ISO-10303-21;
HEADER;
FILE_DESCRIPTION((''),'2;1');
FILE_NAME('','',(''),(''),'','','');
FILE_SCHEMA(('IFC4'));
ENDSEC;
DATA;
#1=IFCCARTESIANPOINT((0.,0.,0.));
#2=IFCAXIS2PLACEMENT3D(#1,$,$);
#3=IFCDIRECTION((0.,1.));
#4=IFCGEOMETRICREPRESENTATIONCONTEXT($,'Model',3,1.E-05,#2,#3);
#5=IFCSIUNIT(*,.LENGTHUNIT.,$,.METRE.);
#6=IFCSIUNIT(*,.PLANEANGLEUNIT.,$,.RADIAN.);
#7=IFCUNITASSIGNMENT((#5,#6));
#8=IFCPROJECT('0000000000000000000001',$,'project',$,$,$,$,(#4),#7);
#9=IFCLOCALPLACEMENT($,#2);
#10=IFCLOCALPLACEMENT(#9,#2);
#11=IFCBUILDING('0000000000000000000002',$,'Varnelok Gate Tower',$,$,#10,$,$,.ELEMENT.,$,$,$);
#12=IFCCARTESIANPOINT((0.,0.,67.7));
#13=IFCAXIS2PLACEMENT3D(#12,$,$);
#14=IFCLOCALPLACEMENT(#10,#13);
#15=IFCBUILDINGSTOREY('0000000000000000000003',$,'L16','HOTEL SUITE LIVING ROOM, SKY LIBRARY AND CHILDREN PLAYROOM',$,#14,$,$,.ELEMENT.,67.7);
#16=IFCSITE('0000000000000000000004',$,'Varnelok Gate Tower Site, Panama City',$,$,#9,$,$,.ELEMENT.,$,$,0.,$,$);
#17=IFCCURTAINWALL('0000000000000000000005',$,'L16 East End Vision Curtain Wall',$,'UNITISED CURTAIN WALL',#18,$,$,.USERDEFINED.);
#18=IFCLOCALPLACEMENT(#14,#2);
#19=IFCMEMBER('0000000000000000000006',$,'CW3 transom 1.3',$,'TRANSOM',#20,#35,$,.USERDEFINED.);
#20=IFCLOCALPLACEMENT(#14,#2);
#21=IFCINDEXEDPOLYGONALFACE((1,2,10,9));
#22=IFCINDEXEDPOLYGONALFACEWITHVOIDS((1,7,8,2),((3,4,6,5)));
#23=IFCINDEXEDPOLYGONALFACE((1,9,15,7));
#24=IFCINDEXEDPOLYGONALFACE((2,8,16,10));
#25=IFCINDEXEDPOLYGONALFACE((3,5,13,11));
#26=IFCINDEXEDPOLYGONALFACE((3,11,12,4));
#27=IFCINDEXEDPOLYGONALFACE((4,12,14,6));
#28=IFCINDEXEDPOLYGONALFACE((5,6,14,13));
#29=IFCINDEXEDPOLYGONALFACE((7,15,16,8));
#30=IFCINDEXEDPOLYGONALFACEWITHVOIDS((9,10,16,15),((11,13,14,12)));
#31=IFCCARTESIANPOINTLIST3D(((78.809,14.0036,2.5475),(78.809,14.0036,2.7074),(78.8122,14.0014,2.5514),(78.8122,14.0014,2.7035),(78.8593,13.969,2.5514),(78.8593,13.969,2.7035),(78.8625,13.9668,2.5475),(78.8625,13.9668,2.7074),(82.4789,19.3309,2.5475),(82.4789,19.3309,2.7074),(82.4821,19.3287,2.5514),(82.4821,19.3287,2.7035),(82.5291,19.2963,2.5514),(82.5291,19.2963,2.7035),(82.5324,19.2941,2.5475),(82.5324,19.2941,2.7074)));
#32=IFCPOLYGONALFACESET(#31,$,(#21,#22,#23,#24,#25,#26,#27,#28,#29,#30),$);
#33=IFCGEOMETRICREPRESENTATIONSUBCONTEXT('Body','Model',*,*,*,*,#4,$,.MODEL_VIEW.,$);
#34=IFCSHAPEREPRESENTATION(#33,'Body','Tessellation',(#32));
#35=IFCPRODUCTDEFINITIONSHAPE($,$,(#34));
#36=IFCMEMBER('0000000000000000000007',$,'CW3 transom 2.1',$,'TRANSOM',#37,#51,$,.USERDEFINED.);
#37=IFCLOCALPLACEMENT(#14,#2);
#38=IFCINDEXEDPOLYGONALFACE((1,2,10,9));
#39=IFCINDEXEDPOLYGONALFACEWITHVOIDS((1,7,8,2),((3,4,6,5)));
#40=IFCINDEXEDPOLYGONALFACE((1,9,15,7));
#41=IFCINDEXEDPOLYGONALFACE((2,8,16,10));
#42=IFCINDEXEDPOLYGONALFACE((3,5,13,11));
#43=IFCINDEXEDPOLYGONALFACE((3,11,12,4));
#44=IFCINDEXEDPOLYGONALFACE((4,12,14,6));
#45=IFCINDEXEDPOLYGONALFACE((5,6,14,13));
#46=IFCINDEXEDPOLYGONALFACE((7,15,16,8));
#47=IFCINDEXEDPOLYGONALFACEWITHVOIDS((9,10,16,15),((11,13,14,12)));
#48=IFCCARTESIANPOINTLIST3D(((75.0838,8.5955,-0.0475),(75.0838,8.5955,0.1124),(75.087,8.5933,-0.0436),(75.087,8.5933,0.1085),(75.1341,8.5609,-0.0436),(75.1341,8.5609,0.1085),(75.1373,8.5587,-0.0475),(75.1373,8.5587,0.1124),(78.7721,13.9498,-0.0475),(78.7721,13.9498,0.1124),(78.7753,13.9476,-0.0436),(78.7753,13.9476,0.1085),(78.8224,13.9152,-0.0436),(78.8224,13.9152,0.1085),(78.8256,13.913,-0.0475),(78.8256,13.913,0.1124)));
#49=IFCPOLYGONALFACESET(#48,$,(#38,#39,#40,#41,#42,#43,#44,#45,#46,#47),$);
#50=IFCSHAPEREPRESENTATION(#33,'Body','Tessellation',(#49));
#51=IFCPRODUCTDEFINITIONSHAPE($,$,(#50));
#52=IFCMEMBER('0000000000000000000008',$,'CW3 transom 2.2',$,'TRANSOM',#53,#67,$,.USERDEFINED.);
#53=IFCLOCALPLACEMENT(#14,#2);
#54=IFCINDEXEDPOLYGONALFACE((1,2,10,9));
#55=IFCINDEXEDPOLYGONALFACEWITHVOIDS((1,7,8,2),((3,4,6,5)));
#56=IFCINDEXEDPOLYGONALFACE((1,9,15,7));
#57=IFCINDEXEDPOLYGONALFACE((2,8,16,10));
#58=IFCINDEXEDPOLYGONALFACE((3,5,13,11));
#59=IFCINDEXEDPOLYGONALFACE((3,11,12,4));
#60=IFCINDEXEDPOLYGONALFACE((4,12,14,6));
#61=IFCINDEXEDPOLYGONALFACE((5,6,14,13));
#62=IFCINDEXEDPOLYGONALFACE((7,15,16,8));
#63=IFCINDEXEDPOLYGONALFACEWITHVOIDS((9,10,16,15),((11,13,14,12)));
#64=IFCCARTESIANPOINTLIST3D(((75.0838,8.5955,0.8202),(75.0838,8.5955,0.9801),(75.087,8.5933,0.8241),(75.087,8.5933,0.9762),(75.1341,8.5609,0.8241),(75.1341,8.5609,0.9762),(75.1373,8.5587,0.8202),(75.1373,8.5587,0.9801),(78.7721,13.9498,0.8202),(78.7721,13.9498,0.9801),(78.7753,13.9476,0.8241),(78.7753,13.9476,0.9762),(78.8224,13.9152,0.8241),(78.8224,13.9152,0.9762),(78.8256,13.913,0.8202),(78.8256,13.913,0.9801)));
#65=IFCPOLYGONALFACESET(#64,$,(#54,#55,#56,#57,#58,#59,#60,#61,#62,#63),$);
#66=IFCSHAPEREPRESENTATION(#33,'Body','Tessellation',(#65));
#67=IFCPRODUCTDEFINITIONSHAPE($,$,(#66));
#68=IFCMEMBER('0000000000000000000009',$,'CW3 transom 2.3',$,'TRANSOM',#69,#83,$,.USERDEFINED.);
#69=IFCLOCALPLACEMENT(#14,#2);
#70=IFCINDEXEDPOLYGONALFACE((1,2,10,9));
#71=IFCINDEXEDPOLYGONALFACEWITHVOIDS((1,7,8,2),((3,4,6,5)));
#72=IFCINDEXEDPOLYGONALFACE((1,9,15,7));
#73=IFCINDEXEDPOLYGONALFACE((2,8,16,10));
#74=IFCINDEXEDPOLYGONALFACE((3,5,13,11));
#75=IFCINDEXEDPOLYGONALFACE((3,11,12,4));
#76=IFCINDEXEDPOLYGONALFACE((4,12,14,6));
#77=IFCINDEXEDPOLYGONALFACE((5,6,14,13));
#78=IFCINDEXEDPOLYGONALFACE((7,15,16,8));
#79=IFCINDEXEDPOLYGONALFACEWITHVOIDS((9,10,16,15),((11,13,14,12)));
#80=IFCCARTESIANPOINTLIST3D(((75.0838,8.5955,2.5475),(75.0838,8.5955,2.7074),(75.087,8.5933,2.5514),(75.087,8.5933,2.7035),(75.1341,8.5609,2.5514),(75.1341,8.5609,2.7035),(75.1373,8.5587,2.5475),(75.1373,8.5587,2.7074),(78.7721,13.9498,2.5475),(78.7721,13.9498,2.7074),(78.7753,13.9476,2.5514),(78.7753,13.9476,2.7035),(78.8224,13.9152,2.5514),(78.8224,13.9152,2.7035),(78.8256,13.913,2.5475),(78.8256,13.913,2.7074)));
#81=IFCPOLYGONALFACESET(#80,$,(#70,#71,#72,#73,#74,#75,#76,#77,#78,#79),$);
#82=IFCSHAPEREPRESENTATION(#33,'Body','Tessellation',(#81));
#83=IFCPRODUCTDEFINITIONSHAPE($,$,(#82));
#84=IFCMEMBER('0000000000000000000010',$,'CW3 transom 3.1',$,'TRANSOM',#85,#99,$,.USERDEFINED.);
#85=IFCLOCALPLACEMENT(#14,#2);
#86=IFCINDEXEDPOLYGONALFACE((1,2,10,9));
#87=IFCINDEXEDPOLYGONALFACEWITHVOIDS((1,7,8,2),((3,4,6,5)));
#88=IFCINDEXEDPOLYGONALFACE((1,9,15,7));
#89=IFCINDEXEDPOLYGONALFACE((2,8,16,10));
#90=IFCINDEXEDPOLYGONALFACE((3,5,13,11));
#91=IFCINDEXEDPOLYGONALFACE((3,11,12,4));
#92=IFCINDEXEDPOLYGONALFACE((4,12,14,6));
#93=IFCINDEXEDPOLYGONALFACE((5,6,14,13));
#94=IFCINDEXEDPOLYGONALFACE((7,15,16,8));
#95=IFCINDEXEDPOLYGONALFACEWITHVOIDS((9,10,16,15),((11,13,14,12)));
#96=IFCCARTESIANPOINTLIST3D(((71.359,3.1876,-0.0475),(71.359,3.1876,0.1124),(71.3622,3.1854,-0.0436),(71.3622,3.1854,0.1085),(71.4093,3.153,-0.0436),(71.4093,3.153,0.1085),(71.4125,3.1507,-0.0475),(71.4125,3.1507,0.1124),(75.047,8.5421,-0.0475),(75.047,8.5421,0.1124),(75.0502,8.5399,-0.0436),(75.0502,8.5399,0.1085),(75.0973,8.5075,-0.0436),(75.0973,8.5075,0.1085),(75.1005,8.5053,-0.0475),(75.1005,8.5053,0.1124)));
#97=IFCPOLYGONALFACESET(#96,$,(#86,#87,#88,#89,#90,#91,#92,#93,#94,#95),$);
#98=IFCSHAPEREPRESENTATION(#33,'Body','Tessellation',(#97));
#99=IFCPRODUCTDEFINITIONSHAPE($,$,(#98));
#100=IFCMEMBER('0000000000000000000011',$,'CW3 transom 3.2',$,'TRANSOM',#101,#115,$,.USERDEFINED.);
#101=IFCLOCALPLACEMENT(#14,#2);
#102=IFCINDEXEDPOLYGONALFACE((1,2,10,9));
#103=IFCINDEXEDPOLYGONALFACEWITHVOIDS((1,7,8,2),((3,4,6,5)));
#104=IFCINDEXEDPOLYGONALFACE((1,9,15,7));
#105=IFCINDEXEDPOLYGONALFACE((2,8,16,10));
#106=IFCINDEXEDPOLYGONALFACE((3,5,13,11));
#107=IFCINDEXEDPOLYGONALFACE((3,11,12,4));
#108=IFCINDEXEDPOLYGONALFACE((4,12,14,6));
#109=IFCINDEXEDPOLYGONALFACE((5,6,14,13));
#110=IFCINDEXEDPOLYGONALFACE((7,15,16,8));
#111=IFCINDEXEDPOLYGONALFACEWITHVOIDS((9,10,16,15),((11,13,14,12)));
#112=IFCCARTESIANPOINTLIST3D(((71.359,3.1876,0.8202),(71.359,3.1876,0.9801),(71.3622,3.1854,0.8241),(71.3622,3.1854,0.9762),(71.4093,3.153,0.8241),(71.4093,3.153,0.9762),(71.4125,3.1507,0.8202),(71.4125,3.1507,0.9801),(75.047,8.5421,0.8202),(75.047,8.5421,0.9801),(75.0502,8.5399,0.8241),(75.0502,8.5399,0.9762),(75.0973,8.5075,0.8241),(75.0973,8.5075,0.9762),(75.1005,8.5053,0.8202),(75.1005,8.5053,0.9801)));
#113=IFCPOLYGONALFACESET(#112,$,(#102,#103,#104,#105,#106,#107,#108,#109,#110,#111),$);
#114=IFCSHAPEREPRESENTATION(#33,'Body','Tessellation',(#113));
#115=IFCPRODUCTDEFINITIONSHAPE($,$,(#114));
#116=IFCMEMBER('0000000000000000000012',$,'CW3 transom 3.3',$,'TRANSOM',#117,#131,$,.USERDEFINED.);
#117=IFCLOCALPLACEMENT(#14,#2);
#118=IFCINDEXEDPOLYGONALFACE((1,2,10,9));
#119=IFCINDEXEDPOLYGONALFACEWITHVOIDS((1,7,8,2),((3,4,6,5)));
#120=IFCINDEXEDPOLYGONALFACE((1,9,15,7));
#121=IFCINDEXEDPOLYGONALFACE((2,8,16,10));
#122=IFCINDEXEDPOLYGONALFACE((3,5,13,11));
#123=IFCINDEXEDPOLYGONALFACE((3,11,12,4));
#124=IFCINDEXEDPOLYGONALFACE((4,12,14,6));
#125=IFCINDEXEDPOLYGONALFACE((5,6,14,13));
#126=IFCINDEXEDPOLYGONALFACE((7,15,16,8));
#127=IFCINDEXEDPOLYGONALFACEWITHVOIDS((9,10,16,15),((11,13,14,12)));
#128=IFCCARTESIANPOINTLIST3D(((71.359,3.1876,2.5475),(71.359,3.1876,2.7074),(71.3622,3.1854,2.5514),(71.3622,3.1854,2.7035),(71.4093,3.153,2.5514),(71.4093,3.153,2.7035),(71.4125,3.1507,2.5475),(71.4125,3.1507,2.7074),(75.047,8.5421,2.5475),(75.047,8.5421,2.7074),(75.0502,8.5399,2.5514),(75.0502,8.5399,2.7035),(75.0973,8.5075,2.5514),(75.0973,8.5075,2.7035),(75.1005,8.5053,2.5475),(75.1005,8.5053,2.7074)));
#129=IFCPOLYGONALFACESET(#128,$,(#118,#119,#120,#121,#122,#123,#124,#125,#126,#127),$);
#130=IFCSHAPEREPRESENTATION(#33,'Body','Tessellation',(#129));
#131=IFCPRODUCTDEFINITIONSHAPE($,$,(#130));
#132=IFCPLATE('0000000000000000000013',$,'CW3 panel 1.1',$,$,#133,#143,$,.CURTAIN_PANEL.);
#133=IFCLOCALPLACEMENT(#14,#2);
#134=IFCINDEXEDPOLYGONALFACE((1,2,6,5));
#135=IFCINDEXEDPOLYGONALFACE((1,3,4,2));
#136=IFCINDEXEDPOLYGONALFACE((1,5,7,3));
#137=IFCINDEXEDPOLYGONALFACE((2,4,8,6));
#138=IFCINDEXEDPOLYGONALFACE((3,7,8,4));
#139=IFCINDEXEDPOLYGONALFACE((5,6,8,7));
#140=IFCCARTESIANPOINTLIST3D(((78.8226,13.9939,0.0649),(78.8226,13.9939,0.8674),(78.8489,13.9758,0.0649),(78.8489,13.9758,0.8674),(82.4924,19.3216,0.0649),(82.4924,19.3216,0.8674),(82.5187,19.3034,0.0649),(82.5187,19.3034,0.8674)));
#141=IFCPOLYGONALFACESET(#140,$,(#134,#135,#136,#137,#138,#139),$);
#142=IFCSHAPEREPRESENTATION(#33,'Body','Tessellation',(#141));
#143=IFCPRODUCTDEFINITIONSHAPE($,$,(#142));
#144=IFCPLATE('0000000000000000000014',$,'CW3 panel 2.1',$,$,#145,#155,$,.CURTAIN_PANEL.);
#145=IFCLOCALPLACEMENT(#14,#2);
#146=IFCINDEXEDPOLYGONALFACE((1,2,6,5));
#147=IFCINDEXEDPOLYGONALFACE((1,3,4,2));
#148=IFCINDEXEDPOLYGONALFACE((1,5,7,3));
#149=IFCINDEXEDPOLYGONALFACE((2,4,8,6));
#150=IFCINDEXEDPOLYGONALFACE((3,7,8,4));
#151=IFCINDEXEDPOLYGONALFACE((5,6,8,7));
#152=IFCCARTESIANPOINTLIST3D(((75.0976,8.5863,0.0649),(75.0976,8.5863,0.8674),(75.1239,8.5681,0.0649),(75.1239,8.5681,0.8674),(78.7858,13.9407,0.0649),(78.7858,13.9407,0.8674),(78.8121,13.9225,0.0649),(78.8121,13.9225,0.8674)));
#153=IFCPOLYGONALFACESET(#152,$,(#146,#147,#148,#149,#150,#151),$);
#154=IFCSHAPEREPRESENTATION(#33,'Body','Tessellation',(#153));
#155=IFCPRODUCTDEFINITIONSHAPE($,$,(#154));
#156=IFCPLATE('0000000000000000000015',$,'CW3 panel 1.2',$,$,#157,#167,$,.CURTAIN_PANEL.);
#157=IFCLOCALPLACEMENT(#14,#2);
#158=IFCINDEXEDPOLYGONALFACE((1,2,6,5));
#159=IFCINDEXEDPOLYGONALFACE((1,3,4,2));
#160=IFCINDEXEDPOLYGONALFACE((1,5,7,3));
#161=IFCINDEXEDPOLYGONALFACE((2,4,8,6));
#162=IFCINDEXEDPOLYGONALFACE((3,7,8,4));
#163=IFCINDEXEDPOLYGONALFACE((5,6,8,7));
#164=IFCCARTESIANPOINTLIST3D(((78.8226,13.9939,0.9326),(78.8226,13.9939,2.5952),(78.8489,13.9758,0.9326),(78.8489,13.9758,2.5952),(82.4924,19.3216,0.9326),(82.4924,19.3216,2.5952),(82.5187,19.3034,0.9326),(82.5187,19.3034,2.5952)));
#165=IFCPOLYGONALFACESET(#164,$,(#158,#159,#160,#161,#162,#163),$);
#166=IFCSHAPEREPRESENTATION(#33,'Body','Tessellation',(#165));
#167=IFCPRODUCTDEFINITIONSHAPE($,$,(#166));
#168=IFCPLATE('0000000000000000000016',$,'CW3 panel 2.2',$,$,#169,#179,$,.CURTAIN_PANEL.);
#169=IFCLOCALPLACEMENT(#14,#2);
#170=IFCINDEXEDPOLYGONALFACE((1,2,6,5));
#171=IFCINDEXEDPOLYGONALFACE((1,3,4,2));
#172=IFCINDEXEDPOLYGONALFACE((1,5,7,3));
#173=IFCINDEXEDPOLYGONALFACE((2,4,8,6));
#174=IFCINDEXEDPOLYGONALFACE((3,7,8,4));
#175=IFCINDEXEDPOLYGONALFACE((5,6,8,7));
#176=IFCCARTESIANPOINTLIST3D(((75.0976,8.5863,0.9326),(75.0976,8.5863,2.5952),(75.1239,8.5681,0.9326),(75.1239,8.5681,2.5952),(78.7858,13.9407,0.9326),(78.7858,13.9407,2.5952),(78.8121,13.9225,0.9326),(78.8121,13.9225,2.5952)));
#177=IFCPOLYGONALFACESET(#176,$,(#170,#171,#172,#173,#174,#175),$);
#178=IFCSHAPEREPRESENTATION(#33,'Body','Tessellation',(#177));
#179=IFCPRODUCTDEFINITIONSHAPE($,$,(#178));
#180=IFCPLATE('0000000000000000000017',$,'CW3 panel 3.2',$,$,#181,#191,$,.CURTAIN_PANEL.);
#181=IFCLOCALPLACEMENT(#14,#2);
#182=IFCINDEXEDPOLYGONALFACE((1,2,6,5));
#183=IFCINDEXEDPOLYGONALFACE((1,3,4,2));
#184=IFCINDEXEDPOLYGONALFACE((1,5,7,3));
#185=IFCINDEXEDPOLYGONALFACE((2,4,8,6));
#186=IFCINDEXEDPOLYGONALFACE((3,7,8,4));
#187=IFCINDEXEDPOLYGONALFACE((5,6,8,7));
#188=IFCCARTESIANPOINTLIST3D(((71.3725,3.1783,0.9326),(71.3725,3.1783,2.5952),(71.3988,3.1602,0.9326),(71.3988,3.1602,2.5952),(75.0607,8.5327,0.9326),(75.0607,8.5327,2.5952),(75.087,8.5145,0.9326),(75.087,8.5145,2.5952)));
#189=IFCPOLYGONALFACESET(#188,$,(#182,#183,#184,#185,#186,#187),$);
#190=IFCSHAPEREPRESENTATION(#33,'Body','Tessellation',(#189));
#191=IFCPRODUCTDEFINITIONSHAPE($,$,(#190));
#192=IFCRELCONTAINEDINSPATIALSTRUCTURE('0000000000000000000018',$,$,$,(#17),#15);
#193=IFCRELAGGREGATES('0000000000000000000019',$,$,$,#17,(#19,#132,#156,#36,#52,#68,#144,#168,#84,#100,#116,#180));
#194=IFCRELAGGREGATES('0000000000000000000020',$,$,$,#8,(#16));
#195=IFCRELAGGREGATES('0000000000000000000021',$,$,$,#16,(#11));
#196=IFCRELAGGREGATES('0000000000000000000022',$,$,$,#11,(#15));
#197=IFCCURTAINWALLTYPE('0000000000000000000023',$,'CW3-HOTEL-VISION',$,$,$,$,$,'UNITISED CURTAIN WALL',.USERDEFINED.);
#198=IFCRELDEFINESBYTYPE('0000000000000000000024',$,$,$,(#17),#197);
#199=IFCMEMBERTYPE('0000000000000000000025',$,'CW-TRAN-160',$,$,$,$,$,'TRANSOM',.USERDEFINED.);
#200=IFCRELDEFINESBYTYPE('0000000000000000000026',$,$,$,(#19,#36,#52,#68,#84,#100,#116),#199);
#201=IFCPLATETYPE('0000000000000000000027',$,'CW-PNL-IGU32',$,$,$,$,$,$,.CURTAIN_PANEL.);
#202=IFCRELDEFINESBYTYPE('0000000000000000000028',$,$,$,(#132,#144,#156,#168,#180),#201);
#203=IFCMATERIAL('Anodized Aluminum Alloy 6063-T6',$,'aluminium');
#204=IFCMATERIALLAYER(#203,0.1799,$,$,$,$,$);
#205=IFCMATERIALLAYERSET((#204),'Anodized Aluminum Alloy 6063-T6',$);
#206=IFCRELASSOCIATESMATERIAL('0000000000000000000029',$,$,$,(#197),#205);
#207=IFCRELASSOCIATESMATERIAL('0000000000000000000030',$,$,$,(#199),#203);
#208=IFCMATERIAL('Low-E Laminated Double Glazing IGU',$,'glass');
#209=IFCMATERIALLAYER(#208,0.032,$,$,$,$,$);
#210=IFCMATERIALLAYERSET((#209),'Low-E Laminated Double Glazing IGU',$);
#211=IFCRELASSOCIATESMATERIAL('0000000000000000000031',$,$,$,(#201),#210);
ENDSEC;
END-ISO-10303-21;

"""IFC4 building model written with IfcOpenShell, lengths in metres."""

from ifc_helpers import new_model, si_unit, direction, frame, origin, origin_2d, place, context, subcontext, project, spatial, rectangle, hollow_rectangle, extrude, source, transform, mapped, material, layer, layer_set, material_profile, profile_set, type_object, element, aggregate, save


model = new_model("IFC4")

# Units and contexts
model_context = context("Model", 3, precision=1e-05, world=origin(), true_north=direction((0.0, 1.0)))
body_context = subcontext(model_context, "Body", "Model", "MODEL_VIEW")
ifc_project = project(units=[si_unit("LENGTHUNIT", "METRE"), si_unit("PLANEANGLEUNIT", "RADIAN")], contexts=[model_context])

# Site, building, storey
site_placement = place(None, origin())
site = spatial("IfcSite", under=ifc_project, at=site_placement, Name="Varnelok Gate Tower Site, Panama City", CompositionType="ELEMENT", RefElevation=0.0)
building_placement = place(site_placement, origin())
building = spatial("IfcBuilding", under=site, at=building_placement, Name="Varnelok Gate Tower", CompositionType="ELEMENT")
storey_placement = place(building_placement, frame((0.0, 0.0, 67.7)))
storey = spatial("IfcBuildingStorey", under=building, at=storey_placement, Name="L16", Description="HOTEL SUITE LIVING ROOM, SKY LIBRARY AND CHILDREN PLAYROOM", CompositionType="ELEMENT", Elevation=67.7)

# Curtain wall, members, plates
ifc_material_1 = material(Name="Anodized Aluminum Alloy 6063-T6", Category="aluminium")
ifc_layer_1 = layer(ifc_material_1, 0.1799)
ifc_layer_set_1 = layer_set([ifc_layer_1], Name="Anodized Aluminum Alloy 6063-T6")
curtain_wall_type = type_object("IfcCurtainWallType", Name="CW3-HOTEL-VISION", ElementType="UNITISED CURTAIN WALL", PredefinedType="USERDEFINED", material=ifc_layer_set_1)
curtain_wall_placement = place(storey_placement, origin())
curtain_wall = element("IfcCurtainWall", 1, at=curtain_wall_placement, inside=storey, type_object=curtain_wall_type, Name="L16 East End Vision Curtain Wall", ObjectType="UNITISED CURTAIN WALL", PredefinedType="USERDEFINED")
ifc_material_profile_1 = material_profile(ifc_material_1, hollow_rectangle(XDim=0.0649, YDim=0.1599, WallThickness=0.0039, at=origin_2d()), Name="ALU160X65X4")
ifc_profile_set_1 = profile_set([ifc_material_profile_1], Name="Anodized Aluminum Alloy 6063-T6")
member_type_1 = type_object("IfcMemberType", Name="CW-TRAN-160", ElementType="TRANSOM", PredefinedType="USERDEFINED", material=ifc_profile_set_1)
member_1_placement = place(storey_placement, frame((82.5056, 19.3125, 2.6274), z_axis=(-0.567299, -0.823512, 0.0), x_axis=(0.823512, -0.567299, 0.0)))
member_1 = element("IfcMember", 2, at=member_1_placement, type_object=member_type_1, Name="CW3 transom 1.3", ObjectType="TRANSOM", PredefinedType="USERDEFINED", context=body_context, shape_type="SweptSolid", body=[
    extrude(hollow_rectangle(XDim=0.0649, YDim=0.1599, WallThickness=0.0039, at=origin_2d()), origin(), (0.0, 0.0, 1.0), 6.469),
])
member_2_placement = place(storey_placement, frame((78.7988, 13.9314, 0.0325), z_axis=(-0.567279, -0.823526, 0.0), x_axis=(0.823526, -0.567279, 0.0)))
member_2 = element("IfcMember", 3, at=member_2_placement, type_object=member_type_1, Name="CW3 transom 2.1", ObjectType="TRANSOM", PredefinedType="USERDEFINED", context=body_context, shape_type="SweptSolid", body=[
    extrude(hollow_rectangle(XDim=0.0649, YDim=0.1599, WallThickness=0.0039, at=origin_2d()), origin(), (0.0, 0.0, 1.0), 6.5017),
])
member_3_placement = place(storey_placement, frame((78.7988, 13.9314, 0.9001), z_axis=(-0.567279, -0.823526, 0.0), x_axis=(0.823526, -0.567279, 0.0)))
member_3 = element("IfcMember", 4, at=member_3_placement, type_object=member_type_1, Name="CW3 transom 2.2", ObjectType="TRANSOM", PredefinedType="USERDEFINED", context=body_context, shape_type="SweptSolid", body=[
    extrude(hollow_rectangle(XDim=0.0649, YDim=0.1599, WallThickness=0.0039, at=origin_2d()), origin(), (0.0, 0.0, 1.0), 6.5017),
])
member_4_placement = place(storey_placement, frame((78.7988, 13.9314, 2.6274), z_axis=(-0.567279, -0.823526, 0.0), x_axis=(0.823526, -0.567279, 0.0)))
member_4 = element("IfcMember", 5, at=member_4_placement, type_object=member_type_1, Name="CW3 transom 2.3", ObjectType="TRANSOM", PredefinedType="USERDEFINED", context=body_context, shape_type="SweptSolid", body=[
    extrude(hollow_rectangle(XDim=0.0649, YDim=0.1599, WallThickness=0.0039, at=origin_2d()), origin(), (0.0, 0.0, 1.0), 6.5017),
])
member_5_placement = place(storey_placement, frame((75.0737, 8.5237, 0.0325), z_axis=(-0.567236, -0.823555, 0.0), x_axis=(0.823555, -0.567236, 0.0)))
member_5 = element("IfcMember", 6, at=member_5_placement, type_object=member_type_1, Name="CW3 transom 3.1", ObjectType="TRANSOM", PredefinedType="USERDEFINED", context=body_context, shape_type="SweptSolid", body=[
    extrude(hollow_rectangle(XDim=0.0649, YDim=0.1599, WallThickness=0.0039, at=origin_2d()), origin(), (0.0, 0.0, 1.0), 6.5017),
])
member_6_placement = place(storey_placement, frame((75.0737, 8.5237, 0.9001), z_axis=(-0.567236, -0.823555, 0.0), x_axis=(0.823555, -0.567236, 0.0)))
member_6 = element("IfcMember", 7, at=member_6_placement, type_object=member_type_1, Name="CW3 transom 3.2", ObjectType="TRANSOM", PredefinedType="USERDEFINED", context=body_context, shape_type="SweptSolid", body=[
    extrude(hollow_rectangle(XDim=0.0649, YDim=0.1599, WallThickness=0.0039, at=origin_2d()), origin(), (0.0, 0.0, 1.0), 6.5017),
])
member_7_placement = place(storey_placement, frame((75.0737, 8.5237, 2.6274), z_axis=(-0.567236, -0.823555, 0.0), x_axis=(0.823555, -0.567236, 0.0)))
member_7 = element("IfcMember", 8, at=member_7_placement, type_object=member_type_1, Name="CW3 transom 3.3", ObjectType="TRANSOM", PredefinedType="USERDEFINED", context=body_context, shape_type="SweptSolid", body=[
    extrude(hollow_rectangle(XDim=0.0649, YDim=0.1599, WallThickness=0.0039, at=origin_2d()), origin(), (0.0, 0.0, 1.0), 6.5017),
])
ifc_material_2 = material(Name="Low-E Laminated Double Glazing IGU", Category="glass")
ifc_layer_2 = layer(ifc_material_2, 0.032)
ifc_layer_set_2 = layer_set([ifc_layer_2], Name="Low-E Laminated Double Glazing IGU")
plate_type = type_object("IfcPlateType", Name="CW-PNL-IGU32", PredefinedType="CURTAIN_PANEL", material=ifc_layer_set_2)
shared_shape_1 = source(origin(), body_context, "Body", "SweptSolid", [
    extrude(rectangle(XDim=6.4692, YDim=0.032, at=origin_2d()), origin(), (0.0, 0.0, 1.0), 0.8025),
])
plate_1_placement = place(storey_placement, frame((80.6707, 16.6487, 0.0649), z_axis=(0.0, 0.0, 1.0), x_axis=(-0.567269, -0.823533, 0.0)))
plate_1 = element("IfcPlate", 9, at=plate_1_placement, type_object=plate_type, Name="CW3 panel 1.1", PredefinedType="CURTAIN_PANEL", context=body_context, shape_type="MappedRepresentation", body=[
    mapped(shared_shape_1, transform((0.0, 0.0, 0.0), scale=1.0)),
])
shared_shape_2 = source(origin(), body_context, "Body", "SweptSolid", [
    extrude(rectangle(XDim=6.5017, YDim=0.032, at=origin_2d()), origin(), (0.0, 0.0, 1.0), 0.8025),
])
plate_2_placement = place(storey_placement, frame((76.9548, 11.2544, 0.0649), z_axis=(0.0, 0.0, 1.0), x_axis=(-0.567269, -0.823533, 0.0)))
plate_2 = element("IfcPlate", 10, at=plate_2_placement, type_object=plate_type, Name="CW3 panel 2.1", PredefinedType="CURTAIN_PANEL", context=body_context, shape_type="MappedRepresentation", body=[
    mapped(shared_shape_2, transform((0.0, 0.0, 0.0), scale=1.0)),
])
shared_shape_3 = source(origin(), body_context, "Body", "SweptSolid", [
    extrude(rectangle(XDim=6.4692, YDim=0.032, at=origin_2d()), origin(), (0.0, 0.0, 1.0), 1.6626),
])
plate_3_placement = place(storey_placement, frame((80.6707, 16.6487, 0.9326), z_axis=(0.0, 0.0, 1.0), x_axis=(-0.567269, -0.823533, 0.0)))
plate_3 = element("IfcPlate", 11, at=plate_3_placement, type_object=plate_type, Name="CW3 panel 1.2", PredefinedType="CURTAIN_PANEL", context=body_context, shape_type="MappedRepresentation", body=[
    mapped(shared_shape_3, transform((0.0, 0.0, 0.0), scale=1.0)),
])
shared_shape_4 = source(origin(), body_context, "Body", "SweptSolid", [
    extrude(rectangle(XDim=6.5017, YDim=0.032, at=origin_2d()), origin(), (0.0, 0.0, 1.0), 1.6626),
])
plate_4_placement = place(storey_placement, frame((76.9548, 11.2544, 0.9326), z_axis=(0.0, 0.0, 1.0), x_axis=(-0.567269, -0.823533, 0.0)))
plate_4 = element("IfcPlate", 12, at=plate_4_placement, type_object=plate_type, Name="CW3 panel 2.2", PredefinedType="CURTAIN_PANEL", context=body_context, shape_type="MappedRepresentation", body=[
    mapped(shared_shape_4, transform((0.0, 0.0, 0.0), scale=1.0)),
])
plate_5_placement = place(storey_placement, frame((73.2297, 5.8464, 0.9326), z_axis=(0.0, 0.0, 1.0), x_axis=(-0.567269, -0.823533, 0.0)))
plate_5 = element("IfcPlate", 13, at=plate_5_placement, type_object=plate_type, Name="CW3 panel 3.2", PredefinedType="CURTAIN_PANEL", context=body_context, shape_type="MappedRepresentation", body=[
    mapped(shared_shape_4, transform((0.0, 0.0, 0.0), scale=1.0)),
])
aggregate(curtain_wall, [member_1, plate_1, plate_3, member_2, member_3, member_4, plate_2, plate_4, member_5, member_6, member_7, plate_5])

save(model, "model.ifc")
